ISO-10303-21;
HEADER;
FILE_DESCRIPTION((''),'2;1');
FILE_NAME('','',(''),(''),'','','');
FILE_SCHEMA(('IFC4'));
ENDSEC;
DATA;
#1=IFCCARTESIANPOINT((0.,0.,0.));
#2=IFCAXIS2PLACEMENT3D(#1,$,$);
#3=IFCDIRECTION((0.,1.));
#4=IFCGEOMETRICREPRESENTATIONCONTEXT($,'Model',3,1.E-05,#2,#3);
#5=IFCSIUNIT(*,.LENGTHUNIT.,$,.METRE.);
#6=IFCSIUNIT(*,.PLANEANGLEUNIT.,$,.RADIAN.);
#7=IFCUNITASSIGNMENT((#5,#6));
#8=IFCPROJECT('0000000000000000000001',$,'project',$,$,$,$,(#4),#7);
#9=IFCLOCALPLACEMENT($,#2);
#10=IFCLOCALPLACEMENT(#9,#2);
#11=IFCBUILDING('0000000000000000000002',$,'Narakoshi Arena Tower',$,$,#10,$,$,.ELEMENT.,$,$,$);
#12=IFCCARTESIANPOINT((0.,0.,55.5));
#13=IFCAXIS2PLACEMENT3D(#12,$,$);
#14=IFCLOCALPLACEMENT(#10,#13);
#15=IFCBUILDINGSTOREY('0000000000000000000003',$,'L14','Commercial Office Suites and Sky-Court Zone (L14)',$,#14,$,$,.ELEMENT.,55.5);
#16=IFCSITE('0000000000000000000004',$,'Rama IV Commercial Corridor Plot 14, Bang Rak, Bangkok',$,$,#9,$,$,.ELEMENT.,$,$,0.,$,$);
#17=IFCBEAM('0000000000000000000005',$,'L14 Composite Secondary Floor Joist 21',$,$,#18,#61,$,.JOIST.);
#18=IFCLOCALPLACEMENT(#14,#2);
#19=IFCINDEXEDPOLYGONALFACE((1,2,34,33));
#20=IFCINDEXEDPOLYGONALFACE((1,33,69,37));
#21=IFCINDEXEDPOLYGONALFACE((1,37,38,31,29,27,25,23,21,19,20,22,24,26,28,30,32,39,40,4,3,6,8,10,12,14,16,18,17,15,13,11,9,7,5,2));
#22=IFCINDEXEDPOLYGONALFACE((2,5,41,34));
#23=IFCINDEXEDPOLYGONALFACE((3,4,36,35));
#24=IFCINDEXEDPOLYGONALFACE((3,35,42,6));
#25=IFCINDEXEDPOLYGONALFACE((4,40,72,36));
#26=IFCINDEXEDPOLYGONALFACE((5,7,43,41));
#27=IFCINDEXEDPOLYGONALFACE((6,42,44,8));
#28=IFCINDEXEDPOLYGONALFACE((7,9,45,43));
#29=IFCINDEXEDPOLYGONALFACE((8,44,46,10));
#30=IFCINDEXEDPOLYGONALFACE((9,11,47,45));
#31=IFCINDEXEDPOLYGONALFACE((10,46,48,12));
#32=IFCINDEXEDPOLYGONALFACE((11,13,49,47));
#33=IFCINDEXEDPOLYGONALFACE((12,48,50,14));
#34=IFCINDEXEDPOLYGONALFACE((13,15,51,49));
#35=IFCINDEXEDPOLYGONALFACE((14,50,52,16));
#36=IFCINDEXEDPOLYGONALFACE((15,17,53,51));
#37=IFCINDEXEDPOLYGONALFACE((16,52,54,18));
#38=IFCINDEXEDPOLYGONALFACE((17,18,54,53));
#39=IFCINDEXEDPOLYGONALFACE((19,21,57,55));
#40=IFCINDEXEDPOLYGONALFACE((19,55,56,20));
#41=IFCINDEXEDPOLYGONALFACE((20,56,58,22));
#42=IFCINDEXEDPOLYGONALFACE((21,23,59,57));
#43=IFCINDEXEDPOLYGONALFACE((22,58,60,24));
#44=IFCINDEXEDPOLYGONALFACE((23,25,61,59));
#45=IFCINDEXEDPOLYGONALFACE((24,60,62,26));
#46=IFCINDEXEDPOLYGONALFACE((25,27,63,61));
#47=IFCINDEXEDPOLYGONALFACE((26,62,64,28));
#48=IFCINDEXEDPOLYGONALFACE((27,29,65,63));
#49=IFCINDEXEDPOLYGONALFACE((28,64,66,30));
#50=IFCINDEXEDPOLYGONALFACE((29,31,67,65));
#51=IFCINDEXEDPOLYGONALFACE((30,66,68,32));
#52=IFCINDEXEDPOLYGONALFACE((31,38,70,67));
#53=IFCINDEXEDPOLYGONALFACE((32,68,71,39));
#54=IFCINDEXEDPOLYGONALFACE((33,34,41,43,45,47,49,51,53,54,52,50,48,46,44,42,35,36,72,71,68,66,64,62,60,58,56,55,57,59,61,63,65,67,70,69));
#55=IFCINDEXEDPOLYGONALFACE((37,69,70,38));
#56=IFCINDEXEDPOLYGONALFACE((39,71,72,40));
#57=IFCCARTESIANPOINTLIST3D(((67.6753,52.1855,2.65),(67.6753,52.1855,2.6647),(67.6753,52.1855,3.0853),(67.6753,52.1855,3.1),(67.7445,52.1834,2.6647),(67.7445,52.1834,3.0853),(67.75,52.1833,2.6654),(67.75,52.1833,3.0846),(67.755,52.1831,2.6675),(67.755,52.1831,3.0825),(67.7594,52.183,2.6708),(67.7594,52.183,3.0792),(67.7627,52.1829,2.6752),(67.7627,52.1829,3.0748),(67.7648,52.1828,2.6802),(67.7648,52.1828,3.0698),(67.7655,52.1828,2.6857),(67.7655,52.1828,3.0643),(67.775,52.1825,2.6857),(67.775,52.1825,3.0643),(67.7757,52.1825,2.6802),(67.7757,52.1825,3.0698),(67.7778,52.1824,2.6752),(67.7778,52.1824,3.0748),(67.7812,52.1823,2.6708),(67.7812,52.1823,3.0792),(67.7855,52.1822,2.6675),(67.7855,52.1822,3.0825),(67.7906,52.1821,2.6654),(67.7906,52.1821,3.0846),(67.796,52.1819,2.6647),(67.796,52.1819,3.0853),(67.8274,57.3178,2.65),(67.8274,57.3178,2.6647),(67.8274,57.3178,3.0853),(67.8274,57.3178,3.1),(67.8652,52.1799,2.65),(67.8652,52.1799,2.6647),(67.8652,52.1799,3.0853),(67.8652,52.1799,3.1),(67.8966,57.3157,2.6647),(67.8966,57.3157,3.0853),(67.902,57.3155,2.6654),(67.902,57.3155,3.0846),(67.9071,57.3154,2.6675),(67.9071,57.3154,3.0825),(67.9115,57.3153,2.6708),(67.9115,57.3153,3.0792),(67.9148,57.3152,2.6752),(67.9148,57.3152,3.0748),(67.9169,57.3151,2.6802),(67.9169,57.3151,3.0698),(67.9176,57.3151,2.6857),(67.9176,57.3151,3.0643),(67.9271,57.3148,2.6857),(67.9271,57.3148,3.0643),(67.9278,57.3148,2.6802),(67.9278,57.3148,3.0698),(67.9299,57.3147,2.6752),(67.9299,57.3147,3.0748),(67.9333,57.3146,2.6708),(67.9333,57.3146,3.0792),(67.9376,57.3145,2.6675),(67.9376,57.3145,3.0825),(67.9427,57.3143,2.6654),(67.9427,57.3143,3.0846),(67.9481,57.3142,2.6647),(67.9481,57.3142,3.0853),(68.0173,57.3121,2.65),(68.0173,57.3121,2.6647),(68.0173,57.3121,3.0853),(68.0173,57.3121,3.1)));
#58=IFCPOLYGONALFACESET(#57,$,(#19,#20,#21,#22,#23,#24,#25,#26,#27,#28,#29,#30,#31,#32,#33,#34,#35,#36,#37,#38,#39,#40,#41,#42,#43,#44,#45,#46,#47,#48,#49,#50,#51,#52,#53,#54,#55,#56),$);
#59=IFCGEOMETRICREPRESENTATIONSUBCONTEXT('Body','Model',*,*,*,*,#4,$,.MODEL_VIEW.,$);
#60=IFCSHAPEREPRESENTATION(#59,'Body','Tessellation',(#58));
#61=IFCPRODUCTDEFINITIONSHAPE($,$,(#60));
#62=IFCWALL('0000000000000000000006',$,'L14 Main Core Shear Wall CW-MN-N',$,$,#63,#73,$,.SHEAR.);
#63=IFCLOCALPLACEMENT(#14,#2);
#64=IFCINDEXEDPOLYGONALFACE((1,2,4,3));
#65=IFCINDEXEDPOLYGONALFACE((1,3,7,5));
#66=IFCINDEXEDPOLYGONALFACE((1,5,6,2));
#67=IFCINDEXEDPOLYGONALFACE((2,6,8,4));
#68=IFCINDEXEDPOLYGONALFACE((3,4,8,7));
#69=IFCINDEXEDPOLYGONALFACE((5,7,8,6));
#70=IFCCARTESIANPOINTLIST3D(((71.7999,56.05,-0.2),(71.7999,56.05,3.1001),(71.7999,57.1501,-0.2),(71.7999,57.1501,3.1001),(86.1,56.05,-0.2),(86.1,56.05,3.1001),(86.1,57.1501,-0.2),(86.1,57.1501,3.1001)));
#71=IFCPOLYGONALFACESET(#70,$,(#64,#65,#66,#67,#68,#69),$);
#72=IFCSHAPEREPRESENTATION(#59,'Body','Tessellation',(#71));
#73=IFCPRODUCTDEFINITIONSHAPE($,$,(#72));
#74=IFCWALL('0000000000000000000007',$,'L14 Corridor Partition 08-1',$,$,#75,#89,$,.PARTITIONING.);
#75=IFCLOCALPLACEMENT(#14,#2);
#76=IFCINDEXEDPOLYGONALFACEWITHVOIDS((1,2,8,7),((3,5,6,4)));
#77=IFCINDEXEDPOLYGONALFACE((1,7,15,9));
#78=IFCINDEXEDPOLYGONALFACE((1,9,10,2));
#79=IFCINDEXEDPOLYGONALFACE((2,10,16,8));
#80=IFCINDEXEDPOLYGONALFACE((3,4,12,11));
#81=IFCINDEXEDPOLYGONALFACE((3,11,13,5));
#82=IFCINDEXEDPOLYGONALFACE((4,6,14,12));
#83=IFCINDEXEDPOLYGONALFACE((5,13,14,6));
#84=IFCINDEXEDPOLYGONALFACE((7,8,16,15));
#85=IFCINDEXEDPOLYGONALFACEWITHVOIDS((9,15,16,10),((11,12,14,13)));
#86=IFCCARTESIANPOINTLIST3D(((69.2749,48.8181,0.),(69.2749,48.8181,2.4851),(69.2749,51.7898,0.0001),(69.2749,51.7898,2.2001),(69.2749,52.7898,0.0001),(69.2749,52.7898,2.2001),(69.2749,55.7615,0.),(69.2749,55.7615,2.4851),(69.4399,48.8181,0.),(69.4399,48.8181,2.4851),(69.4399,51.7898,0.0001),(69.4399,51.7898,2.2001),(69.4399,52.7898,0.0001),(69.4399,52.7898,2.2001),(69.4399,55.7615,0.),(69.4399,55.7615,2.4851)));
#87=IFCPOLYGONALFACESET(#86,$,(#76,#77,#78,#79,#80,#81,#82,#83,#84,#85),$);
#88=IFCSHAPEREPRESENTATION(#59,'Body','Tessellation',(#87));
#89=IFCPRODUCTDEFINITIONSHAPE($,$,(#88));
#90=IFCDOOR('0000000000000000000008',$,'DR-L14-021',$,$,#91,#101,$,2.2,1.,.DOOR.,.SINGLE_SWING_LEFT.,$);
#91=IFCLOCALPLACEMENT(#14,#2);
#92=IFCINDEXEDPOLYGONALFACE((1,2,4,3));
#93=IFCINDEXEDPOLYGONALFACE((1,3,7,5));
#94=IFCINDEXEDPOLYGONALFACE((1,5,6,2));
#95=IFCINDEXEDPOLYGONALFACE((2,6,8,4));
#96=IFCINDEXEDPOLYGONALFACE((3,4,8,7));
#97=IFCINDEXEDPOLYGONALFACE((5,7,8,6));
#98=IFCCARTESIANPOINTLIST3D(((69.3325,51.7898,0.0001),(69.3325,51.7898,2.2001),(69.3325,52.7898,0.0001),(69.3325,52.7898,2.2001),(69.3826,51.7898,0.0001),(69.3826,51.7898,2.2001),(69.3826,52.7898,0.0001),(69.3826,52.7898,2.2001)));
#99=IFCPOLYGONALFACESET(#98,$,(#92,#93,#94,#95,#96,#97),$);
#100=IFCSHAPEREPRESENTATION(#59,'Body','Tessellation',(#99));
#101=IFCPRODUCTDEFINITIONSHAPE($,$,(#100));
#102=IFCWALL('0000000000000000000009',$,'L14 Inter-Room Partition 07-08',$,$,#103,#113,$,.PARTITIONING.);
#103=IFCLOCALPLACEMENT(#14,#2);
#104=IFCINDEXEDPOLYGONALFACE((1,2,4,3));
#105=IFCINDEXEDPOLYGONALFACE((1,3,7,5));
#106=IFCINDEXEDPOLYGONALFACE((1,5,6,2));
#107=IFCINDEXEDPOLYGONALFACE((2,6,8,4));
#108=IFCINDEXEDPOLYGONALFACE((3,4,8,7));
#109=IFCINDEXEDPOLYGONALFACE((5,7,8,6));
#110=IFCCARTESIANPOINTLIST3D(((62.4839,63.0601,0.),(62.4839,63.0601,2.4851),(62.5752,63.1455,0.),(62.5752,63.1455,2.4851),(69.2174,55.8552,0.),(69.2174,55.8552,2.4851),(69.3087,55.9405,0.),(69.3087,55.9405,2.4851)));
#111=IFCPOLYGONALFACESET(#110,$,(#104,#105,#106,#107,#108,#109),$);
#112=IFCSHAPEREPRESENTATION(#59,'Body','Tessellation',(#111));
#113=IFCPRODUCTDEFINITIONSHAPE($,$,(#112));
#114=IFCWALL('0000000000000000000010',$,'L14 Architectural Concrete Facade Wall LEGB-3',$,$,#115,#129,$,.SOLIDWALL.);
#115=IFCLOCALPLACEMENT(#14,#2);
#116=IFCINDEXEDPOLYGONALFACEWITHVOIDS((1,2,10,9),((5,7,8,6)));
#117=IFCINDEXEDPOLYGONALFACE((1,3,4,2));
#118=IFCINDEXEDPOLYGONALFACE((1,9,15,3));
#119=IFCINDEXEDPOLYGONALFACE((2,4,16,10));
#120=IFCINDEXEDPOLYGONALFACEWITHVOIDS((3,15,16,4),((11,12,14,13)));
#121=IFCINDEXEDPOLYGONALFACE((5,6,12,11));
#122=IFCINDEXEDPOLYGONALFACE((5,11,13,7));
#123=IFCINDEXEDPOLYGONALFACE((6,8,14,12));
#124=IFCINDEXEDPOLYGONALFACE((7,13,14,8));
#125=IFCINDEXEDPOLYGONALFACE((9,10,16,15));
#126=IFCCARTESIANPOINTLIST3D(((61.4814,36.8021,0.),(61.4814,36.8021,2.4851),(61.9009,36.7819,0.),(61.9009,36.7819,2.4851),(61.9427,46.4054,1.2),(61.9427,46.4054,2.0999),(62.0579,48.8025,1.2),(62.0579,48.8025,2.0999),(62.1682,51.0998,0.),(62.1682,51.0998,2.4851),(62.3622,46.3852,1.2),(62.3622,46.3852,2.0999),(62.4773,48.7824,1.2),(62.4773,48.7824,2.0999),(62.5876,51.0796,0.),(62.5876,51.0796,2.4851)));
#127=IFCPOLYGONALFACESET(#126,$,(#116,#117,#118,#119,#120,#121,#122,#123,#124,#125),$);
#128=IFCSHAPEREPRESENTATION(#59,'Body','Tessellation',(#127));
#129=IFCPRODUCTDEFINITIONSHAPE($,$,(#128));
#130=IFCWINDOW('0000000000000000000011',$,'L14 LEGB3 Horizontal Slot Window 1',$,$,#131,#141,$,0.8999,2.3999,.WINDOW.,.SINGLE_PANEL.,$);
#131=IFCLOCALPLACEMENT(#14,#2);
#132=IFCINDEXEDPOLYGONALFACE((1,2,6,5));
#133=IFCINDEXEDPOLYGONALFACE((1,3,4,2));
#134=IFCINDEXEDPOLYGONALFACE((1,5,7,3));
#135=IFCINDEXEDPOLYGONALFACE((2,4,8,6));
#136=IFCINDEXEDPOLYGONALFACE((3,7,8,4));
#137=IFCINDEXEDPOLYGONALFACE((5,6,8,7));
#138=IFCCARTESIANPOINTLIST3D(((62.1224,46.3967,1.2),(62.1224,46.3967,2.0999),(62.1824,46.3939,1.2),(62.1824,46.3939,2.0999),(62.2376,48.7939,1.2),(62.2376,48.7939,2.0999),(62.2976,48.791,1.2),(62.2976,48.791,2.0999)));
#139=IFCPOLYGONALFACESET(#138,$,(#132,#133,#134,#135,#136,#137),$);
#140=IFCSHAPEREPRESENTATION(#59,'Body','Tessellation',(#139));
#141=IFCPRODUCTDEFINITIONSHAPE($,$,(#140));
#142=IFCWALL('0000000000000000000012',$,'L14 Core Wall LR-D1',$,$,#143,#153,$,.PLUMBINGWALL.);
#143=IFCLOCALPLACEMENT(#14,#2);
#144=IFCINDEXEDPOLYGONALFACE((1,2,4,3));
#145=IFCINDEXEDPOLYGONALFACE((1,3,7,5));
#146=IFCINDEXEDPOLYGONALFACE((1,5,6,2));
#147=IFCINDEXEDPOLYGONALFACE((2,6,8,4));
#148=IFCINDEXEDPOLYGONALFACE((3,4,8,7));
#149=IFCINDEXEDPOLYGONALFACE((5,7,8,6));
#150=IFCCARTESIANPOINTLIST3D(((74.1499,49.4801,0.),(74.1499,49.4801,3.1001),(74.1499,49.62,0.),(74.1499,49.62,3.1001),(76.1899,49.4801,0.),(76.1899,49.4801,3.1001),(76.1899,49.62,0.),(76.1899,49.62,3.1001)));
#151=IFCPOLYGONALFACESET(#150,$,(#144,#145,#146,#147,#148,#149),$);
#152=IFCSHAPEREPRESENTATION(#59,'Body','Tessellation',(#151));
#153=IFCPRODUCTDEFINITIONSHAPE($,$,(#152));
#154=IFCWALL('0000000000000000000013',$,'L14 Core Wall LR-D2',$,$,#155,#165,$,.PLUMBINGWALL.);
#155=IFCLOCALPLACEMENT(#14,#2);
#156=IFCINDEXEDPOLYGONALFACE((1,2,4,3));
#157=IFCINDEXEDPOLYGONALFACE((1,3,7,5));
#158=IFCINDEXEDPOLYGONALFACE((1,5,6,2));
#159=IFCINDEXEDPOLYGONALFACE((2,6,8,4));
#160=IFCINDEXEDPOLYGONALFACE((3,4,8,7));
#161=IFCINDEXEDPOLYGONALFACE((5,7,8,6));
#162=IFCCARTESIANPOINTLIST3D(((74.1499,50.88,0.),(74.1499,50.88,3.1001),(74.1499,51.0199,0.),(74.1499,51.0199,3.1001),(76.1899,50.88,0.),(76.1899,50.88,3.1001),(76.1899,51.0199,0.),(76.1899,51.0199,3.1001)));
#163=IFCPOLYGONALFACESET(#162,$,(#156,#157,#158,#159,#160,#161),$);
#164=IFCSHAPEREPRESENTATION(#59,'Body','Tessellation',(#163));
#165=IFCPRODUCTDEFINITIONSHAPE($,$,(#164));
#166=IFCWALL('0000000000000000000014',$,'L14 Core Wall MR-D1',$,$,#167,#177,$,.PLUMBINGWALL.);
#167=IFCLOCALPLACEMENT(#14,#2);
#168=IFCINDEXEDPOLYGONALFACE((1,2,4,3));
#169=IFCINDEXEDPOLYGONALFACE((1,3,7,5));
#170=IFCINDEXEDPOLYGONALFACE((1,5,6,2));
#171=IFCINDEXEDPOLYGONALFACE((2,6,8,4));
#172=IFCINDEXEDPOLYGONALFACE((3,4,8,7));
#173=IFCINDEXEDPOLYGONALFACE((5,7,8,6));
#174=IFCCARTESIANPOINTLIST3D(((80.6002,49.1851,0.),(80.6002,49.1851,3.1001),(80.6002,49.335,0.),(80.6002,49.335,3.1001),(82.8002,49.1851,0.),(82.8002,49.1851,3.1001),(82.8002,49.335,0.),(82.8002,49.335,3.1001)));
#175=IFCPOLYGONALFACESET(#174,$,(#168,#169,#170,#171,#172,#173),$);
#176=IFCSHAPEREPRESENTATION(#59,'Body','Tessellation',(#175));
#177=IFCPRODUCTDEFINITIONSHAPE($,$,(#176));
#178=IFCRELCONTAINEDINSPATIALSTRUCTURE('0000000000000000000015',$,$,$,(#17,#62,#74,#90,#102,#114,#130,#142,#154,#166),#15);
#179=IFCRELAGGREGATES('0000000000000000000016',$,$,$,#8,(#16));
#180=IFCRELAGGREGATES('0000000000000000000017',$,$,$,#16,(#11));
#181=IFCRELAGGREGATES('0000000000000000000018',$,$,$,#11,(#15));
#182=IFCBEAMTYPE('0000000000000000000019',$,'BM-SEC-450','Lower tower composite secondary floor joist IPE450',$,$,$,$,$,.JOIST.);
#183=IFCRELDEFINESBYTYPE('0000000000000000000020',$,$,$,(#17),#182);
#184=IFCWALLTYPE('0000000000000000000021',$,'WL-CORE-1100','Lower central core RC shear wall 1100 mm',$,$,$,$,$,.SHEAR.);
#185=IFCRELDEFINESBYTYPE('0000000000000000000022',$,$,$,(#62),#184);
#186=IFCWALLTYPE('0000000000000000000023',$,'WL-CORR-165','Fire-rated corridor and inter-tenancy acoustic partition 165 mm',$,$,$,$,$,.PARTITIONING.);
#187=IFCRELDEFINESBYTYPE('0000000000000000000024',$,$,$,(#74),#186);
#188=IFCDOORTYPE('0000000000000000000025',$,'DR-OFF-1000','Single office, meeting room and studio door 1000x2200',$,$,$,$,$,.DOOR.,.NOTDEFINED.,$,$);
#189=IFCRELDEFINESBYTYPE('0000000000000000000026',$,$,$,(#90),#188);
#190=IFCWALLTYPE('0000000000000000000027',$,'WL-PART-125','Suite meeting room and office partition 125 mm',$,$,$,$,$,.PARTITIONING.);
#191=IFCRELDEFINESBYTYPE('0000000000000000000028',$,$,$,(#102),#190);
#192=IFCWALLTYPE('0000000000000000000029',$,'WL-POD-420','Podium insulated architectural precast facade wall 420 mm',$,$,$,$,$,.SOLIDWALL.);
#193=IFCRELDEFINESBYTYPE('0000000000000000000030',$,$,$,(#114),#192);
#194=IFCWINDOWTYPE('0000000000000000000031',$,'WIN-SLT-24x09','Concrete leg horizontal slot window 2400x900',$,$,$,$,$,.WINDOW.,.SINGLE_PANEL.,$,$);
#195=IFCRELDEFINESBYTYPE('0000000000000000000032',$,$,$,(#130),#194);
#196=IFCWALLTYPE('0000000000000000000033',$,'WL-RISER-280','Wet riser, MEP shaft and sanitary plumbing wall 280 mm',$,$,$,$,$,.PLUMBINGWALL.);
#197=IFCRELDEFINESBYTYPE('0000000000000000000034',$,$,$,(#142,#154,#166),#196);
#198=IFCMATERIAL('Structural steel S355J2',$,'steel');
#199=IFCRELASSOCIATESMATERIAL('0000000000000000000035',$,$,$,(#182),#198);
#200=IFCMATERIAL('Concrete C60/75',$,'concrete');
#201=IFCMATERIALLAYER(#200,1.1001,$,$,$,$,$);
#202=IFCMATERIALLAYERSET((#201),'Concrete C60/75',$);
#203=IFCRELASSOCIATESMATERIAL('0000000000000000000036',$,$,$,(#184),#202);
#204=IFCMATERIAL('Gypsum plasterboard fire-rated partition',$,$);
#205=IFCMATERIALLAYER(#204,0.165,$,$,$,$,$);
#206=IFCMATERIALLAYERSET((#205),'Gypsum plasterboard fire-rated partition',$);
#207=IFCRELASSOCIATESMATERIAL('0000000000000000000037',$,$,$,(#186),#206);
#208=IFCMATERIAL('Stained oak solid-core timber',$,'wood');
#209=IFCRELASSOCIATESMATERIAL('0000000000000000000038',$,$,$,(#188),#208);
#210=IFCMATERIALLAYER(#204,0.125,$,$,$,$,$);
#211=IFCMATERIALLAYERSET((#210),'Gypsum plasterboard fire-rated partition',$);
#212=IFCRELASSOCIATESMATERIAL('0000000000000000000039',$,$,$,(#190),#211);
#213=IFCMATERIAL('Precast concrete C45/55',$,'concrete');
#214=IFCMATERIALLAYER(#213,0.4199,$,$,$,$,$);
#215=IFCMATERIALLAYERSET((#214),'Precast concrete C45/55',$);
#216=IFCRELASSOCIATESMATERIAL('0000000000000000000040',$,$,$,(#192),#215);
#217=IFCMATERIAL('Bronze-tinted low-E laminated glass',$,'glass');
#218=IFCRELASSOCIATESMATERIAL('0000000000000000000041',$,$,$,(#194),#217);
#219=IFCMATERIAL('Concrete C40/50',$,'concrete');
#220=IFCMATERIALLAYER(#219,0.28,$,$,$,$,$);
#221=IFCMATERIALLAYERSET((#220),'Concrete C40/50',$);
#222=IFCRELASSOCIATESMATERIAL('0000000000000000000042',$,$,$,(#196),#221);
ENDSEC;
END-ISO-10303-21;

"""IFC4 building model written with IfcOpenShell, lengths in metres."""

from ifc_helpers import new_model, si_unit, direction, frame, frame_2d, origin, origin_2d, place, context, subcontext, project, spatial, rectangle, i_section, extrude, material, layer, layer_set, material_profile, profile_set, type_object, element, fill, save


model = new_model("IFC4")

# Units and contexts
model_context = context("Model", 3, precision=1e-05, world=origin(), true_north=direction((0.0, 1.0)))
body_context = subcontext(model_context, "Body", "Model", "MODEL_VIEW")
ifc_project = project(units=[si_unit("LENGTHUNIT", "METRE"), si_unit("PLANEANGLEUNIT", "RADIAN")], contexts=[model_context])

# Site, building, storey
site_placement = place(None, origin())
site = spatial("IfcSite", under=ifc_project, at=site_placement, Name="Rama IV Commercial Corridor Plot 14, Bang Rak, Bangkok", CompositionType="ELEMENT", RefElevation=0.0)
building_placement = place(site_placement, origin())
building = spatial("IfcBuilding", under=site, at=building_placement, Name="Narakoshi Arena Tower", CompositionType="ELEMENT")
storey_placement = place(building_placement, frame((0.0, 0.0, 55.5)))
storey = spatial("IfcBuildingStorey", under=building, at=storey_placement, Name="L14", Description="Commercial Office Suites and Sky-Court Zone (L14)", CompositionType="ELEMENT", Elevation=55.5)

# Shared definitions
ifc_material_1 = material(Name="Concrete C60/75", Category="concrete")

# Beam
ifc_material_2 = material(Name="Structural steel S355J2", Category="steel")
ifc_material_profile_1 = material_profile(ifc_material_2, i_section(OverallWidth=0.1899, OverallDepth=0.45, WebThickness=0.0095, FlangeThickness=0.0146, FilletRadius=0.021, at=origin_2d()), Name="IPE450")
ifc_profile_set_1 = profile_set([ifc_material_profile_1], Name="Structural steel S355J2")
beam_type_1 = type_object("IfcBeamType", Name="BM-SEC-450", Description="Lower tower composite secondary floor joist IPE450", PredefinedType="JOIST", material=ifc_profile_set_1)
beam_1_placement = place(storey_placement, frame((67.9224, 57.3149, 2.875), z_axis=(-0.029623, -0.999561, 0.0), x_axis=(0.999561, -0.029623, 0.0)))
element("IfcBeam", 1, at=beam_1_placement, inside=storey, type_object=beam_type_1, Name="L14 Composite Secondary Floor Joist 21", PredefinedType="JOIST", context=body_context, shape_type="SweptSolid", body=[
    extrude(i_section(OverallWidth=0.1899, OverallDepth=0.45, WebThickness=0.0095, FlangeThickness=0.0146, FilletRadius=0.021, at=origin_2d()), origin(), (0.0, 0.0, 1.0), 5.1345),
])

# Wall
ifc_layer_1 = layer(ifc_material_1, 1.1001)
ifc_layer_set_1 = layer_set([ifc_layer_1], Name="Concrete C60/75")
wall_type_1 = type_object("IfcWallType", Name="WL-CORE-1100", Description="Lower central core RC shear wall 1100 mm", PredefinedType="SHEAR", material=ifc_layer_set_1)
wall_1_placement = place(storey_placement, frame((71.8, 56.6001, -0.2), z_axis=(0.0, 0.0, 1.0), x_axis=(1.0, 0.0, 0.0)))
element("IfcWall", 2, at=wall_1_placement, inside=storey, type_object=wall_type_1, Name="L14 Main Core Shear Wall CW-MN-N", PredefinedType="SHEAR", context=body_context, shape_type="SweptSolid", body=[
    extrude(rectangle(XDim=14.3, YDim=1.1001, at=frame_2d((7.1499, 0.0))), origin(), (0.0, 0.0, 1.0), 3.3),
])

# Wall, opening, door
ifc_material_3 = material(Name="Gypsum plasterboard fire-rated partition")
ifc_layer_2 = layer(ifc_material_3, 0.165)
ifc_layer_set_2 = layer_set([ifc_layer_2], Name="Gypsum plasterboard fire-rated partition")
wall_type_2 = type_object("IfcWallType", Name="WL-CORR-165", Description="Fire-rated corridor and inter-tenancy acoustic partition 165 mm", PredefinedType="PARTITIONING", material=ifc_layer_set_2)
wall_2_placement = place(storey_placement, frame((69.3574, 55.7615, 0.0), z_axis=(0.0, 0.0, 1.0), x_axis=(0.0, -1.0, 0.0)))
wall_2 = element("IfcWall", 3, at=wall_2_placement, inside=storey, type_object=wall_type_2, Name="L14 Corridor Partition 08-1", PredefinedType="PARTITIONING", context=body_context, shape_type="SweptSolid", body=[
    extrude(rectangle(XDim=6.9434, YDim=0.165, at=frame_2d((3.4717, 0.0))), origin(), (0.0, 0.0, 1.0), 2.4851),
])
opening_1_placement = place(wall_2_placement, frame((2.9717, 0.0, 0.0)))
opening_1 = element("IfcOpeningElement", 4, at=opening_1_placement, cuts=wall_2, PredefinedType="OPENING", context=body_context, shape_type="SweptSolid", body=[
    extrude(rectangle(XDim=1.0, YDim=2.2, at=frame_2d((0.5, 1.1001))), frame((0.0, 0.0925, 0.0), z_axis=(0.0, -1.0, 0.0), x_axis=(1.0, 0.0, 0.0)), (0.0, 0.0, 1.0), 0.1851),
])
ifc_material_4 = material(Name="Stained oak solid-core timber", Category="wood")
door_type = type_object("IfcDoorType", Name="DR-OFF-1000", Description="Single office, meeting room and studio door 1000x2200", OperationType="NOTDEFINED", PredefinedType="DOOR", material=ifc_material_4)
door_placement = place(opening_1_placement, frame((1.0, 0.0, 0.0), z_axis=(0.0, 0.0, 1.0), x_axis=(-1.0, 0.0, 0.0)))
door = element("IfcDoor", 5, at=door_placement, inside=storey, type_object=door_type, Name="DR-L14-021", OperationType="SINGLE_SWING_LEFT", OverallHeight=2.2, OverallWidth=1.0, PredefinedType="DOOR", context=body_context, shape_type="SweptSolid", body=[
    extrude(rectangle(XDim=1.0, YDim=2.2, at=frame_2d((0.5, 1.1001))), frame((0.0, 0.0249, 0.0), z_axis=(0.0, -1.0, 0.0), x_axis=(1.0, 0.0, 0.0)), (0.0, 0.0, 1.0), 0.05),
])
fill(opening_1, door)

# Wall
ifc_layer_3 = layer(ifc_material_3, 0.125)
ifc_layer_set_3 = layer_set([ifc_layer_3], Name="Gypsum plasterboard fire-rated partition")
wall_type_3 = type_object("IfcWallType", Name="WL-PART-125", Description="Suite meeting room and office partition 125 mm", PredefinedType="PARTITIONING", material=ifc_layer_set_3)
wall_3_placement = place(storey_placement, frame((69.2629, 55.8979, 0.0), z_axis=(0.0, 0.0, 1.0), x_axis=(-0.6828, 0.730606, 0.0)))
element("IfcWall", 6, at=wall_3_placement, inside=storey, type_object=wall_type_3, Name="L14 Inter-Room Partition 07-08", PredefinedType="PARTITIONING", context=body_context, shape_type="SweptSolid", body=[
    extrude(rectangle(XDim=9.8616, YDim=0.125, at=frame_2d((4.9307, 0.0))), origin(), (0.0, 0.0, 1.0), 2.4851),
])

# Wall, opening, window
ifc_material_5 = material(Name="Precast concrete C45/55", Category="concrete")
ifc_layer_4 = layer(ifc_material_5, 0.4199)
ifc_layer_set_4 = layer_set([ifc_layer_4], Name="Precast concrete C45/55")
wall_type_4 = type_object("IfcWallType", Name="WL-POD-420", Description="Podium insulated architectural precast facade wall 420 mm", PredefinedType="SOLIDWALL", material=ifc_layer_set_4)
wall_4_placement = place(storey_placement, frame((62.3779, 51.0898, 0.0), z_axis=(0.0, 0.0, 1.0), x_axis=(-0.047978, -0.998848, 0.0)))
wall_4 = element("IfcWall", 7, at=wall_4_placement, inside=storey, type_object=wall_type_4, Name="L14 Architectural Concrete Facade Wall LEGB-3", PredefinedType="SOLIDWALL", context=body_context, shape_type="SweptSolid", body=[
    extrude(rectangle(XDim=14.3142, YDim=0.4199, at=frame_2d((7.1572, 0.0))), origin(), (0.0, 0.0, 1.0), 2.4851),
])
opening_2_placement = place(wall_4_placement, frame((2.3, 0.0, 1.2)))
opening_2 = element("IfcOpeningElement", 8, at=opening_2_placement, cuts=wall_4, PredefinedType="OPENING", context=body_context, shape_type="SweptSolid", body=[
    extrude(rectangle(XDim=2.3999, YDim=0.8999, at=frame_2d((1.2, 0.45))), frame((0.0, 0.22, 0.0), z_axis=(0.0, -1.0, 0.0), x_axis=(1.0, 0.0, 0.0)), (0.0, 0.0, 1.0), 0.4399),
])
ifc_material_6 = material(Name="Bronze-tinted low-E laminated glass", Category="glass")
window_type = type_object("IfcWindowType", Name="WIN-SLT-24x09", Description="Concrete leg horizontal slot window 2400x900", PartitioningType="SINGLE_PANEL", PredefinedType="WINDOW", material=ifc_material_6)
window_placement = place(opening_2_placement, origin())
window = element("IfcWindow", 9, at=window_placement, inside=storey, type_object=window_type, Name="L14 LEGB3 Horizontal Slot Window 1", OverallHeight=0.8999, OverallWidth=2.3999, PartitioningType="SINGLE_PANEL", PredefinedType="WINDOW", context=body_context, shape_type="SweptSolid", body=[
    extrude(rectangle(XDim=2.3999, YDim=0.8999, at=frame_2d((1.2, 0.45))), frame((0.0, 0.03, 0.0), z_axis=(0.0, -1.0, 0.0), x_axis=(1.0, 0.0, 0.0)), (0.0, 0.0, 1.0), 0.0601),
])
fill(opening_2, window)

# Walls
ifc_material_7 = material(Name="Concrete C40/50", Category="concrete")
ifc_layer_5 = layer(ifc_material_7, 0.28)
ifc_layer_set_5 = layer_set([ifc_layer_5], Name="Concrete C40/50")
wall_type_5 = type_object("IfcWallType", Name="WL-RISER-280", Description="Wet riser, MEP shaft and sanitary plumbing wall 280 mm", PredefinedType="PLUMBINGWALL", material=ifc_layer_set_5)
for number, where, z_axis, x_axis, name in (
    (10, (74.1499, 49.55, 0.0), (0.0, 0.0, 1.0), (1.0, 0.0, 0.0), "L14 Core Wall LR-D1"),
    (11, (74.1499, 50.95, 0.0), (0.0, 0.0, 1.0), (1.0, 0.0, 0.0), "L14 Core Wall LR-D2"),
):
    element("IfcWall", number, at=place(storey_placement, frame(where, z_axis=z_axis, x_axis=x_axis)), inside=storey, type_object=wall_type_5, Name=name, PredefinedType="PLUMBINGWALL", context=body_context, shape_type="SweptSolid", body=[
        extrude(rectangle(XDim=2.04, YDim=0.1399, at=frame_2d((1.02, 0.0))), origin(), (0.0, 0.0, 1.0), 3.1001),
    ])
for number, where, z_axis, x_axis, name in (
    (12, (80.6001, 49.26, 0.0), (0.0, 0.0, 1.0), (1.0, 0.0, 0.0), "L14 Core Wall MR-D1"),
):
    element("IfcWall", number, at=place(storey_placement, frame(where, z_axis=z_axis, x_axis=x_axis)), inside=storey, type_object=wall_type_5, Name=name, PredefinedType="PLUMBINGWALL", context=body_context, shape_type="SweptSolid", body=[
        extrude(rectangle(XDim=2.2, YDim=0.1499, at=frame_2d((1.1001, 0.0))), origin(), (0.0, 0.0, 1.0), 3.1001),
    ])

save(model, "model.ifc")
